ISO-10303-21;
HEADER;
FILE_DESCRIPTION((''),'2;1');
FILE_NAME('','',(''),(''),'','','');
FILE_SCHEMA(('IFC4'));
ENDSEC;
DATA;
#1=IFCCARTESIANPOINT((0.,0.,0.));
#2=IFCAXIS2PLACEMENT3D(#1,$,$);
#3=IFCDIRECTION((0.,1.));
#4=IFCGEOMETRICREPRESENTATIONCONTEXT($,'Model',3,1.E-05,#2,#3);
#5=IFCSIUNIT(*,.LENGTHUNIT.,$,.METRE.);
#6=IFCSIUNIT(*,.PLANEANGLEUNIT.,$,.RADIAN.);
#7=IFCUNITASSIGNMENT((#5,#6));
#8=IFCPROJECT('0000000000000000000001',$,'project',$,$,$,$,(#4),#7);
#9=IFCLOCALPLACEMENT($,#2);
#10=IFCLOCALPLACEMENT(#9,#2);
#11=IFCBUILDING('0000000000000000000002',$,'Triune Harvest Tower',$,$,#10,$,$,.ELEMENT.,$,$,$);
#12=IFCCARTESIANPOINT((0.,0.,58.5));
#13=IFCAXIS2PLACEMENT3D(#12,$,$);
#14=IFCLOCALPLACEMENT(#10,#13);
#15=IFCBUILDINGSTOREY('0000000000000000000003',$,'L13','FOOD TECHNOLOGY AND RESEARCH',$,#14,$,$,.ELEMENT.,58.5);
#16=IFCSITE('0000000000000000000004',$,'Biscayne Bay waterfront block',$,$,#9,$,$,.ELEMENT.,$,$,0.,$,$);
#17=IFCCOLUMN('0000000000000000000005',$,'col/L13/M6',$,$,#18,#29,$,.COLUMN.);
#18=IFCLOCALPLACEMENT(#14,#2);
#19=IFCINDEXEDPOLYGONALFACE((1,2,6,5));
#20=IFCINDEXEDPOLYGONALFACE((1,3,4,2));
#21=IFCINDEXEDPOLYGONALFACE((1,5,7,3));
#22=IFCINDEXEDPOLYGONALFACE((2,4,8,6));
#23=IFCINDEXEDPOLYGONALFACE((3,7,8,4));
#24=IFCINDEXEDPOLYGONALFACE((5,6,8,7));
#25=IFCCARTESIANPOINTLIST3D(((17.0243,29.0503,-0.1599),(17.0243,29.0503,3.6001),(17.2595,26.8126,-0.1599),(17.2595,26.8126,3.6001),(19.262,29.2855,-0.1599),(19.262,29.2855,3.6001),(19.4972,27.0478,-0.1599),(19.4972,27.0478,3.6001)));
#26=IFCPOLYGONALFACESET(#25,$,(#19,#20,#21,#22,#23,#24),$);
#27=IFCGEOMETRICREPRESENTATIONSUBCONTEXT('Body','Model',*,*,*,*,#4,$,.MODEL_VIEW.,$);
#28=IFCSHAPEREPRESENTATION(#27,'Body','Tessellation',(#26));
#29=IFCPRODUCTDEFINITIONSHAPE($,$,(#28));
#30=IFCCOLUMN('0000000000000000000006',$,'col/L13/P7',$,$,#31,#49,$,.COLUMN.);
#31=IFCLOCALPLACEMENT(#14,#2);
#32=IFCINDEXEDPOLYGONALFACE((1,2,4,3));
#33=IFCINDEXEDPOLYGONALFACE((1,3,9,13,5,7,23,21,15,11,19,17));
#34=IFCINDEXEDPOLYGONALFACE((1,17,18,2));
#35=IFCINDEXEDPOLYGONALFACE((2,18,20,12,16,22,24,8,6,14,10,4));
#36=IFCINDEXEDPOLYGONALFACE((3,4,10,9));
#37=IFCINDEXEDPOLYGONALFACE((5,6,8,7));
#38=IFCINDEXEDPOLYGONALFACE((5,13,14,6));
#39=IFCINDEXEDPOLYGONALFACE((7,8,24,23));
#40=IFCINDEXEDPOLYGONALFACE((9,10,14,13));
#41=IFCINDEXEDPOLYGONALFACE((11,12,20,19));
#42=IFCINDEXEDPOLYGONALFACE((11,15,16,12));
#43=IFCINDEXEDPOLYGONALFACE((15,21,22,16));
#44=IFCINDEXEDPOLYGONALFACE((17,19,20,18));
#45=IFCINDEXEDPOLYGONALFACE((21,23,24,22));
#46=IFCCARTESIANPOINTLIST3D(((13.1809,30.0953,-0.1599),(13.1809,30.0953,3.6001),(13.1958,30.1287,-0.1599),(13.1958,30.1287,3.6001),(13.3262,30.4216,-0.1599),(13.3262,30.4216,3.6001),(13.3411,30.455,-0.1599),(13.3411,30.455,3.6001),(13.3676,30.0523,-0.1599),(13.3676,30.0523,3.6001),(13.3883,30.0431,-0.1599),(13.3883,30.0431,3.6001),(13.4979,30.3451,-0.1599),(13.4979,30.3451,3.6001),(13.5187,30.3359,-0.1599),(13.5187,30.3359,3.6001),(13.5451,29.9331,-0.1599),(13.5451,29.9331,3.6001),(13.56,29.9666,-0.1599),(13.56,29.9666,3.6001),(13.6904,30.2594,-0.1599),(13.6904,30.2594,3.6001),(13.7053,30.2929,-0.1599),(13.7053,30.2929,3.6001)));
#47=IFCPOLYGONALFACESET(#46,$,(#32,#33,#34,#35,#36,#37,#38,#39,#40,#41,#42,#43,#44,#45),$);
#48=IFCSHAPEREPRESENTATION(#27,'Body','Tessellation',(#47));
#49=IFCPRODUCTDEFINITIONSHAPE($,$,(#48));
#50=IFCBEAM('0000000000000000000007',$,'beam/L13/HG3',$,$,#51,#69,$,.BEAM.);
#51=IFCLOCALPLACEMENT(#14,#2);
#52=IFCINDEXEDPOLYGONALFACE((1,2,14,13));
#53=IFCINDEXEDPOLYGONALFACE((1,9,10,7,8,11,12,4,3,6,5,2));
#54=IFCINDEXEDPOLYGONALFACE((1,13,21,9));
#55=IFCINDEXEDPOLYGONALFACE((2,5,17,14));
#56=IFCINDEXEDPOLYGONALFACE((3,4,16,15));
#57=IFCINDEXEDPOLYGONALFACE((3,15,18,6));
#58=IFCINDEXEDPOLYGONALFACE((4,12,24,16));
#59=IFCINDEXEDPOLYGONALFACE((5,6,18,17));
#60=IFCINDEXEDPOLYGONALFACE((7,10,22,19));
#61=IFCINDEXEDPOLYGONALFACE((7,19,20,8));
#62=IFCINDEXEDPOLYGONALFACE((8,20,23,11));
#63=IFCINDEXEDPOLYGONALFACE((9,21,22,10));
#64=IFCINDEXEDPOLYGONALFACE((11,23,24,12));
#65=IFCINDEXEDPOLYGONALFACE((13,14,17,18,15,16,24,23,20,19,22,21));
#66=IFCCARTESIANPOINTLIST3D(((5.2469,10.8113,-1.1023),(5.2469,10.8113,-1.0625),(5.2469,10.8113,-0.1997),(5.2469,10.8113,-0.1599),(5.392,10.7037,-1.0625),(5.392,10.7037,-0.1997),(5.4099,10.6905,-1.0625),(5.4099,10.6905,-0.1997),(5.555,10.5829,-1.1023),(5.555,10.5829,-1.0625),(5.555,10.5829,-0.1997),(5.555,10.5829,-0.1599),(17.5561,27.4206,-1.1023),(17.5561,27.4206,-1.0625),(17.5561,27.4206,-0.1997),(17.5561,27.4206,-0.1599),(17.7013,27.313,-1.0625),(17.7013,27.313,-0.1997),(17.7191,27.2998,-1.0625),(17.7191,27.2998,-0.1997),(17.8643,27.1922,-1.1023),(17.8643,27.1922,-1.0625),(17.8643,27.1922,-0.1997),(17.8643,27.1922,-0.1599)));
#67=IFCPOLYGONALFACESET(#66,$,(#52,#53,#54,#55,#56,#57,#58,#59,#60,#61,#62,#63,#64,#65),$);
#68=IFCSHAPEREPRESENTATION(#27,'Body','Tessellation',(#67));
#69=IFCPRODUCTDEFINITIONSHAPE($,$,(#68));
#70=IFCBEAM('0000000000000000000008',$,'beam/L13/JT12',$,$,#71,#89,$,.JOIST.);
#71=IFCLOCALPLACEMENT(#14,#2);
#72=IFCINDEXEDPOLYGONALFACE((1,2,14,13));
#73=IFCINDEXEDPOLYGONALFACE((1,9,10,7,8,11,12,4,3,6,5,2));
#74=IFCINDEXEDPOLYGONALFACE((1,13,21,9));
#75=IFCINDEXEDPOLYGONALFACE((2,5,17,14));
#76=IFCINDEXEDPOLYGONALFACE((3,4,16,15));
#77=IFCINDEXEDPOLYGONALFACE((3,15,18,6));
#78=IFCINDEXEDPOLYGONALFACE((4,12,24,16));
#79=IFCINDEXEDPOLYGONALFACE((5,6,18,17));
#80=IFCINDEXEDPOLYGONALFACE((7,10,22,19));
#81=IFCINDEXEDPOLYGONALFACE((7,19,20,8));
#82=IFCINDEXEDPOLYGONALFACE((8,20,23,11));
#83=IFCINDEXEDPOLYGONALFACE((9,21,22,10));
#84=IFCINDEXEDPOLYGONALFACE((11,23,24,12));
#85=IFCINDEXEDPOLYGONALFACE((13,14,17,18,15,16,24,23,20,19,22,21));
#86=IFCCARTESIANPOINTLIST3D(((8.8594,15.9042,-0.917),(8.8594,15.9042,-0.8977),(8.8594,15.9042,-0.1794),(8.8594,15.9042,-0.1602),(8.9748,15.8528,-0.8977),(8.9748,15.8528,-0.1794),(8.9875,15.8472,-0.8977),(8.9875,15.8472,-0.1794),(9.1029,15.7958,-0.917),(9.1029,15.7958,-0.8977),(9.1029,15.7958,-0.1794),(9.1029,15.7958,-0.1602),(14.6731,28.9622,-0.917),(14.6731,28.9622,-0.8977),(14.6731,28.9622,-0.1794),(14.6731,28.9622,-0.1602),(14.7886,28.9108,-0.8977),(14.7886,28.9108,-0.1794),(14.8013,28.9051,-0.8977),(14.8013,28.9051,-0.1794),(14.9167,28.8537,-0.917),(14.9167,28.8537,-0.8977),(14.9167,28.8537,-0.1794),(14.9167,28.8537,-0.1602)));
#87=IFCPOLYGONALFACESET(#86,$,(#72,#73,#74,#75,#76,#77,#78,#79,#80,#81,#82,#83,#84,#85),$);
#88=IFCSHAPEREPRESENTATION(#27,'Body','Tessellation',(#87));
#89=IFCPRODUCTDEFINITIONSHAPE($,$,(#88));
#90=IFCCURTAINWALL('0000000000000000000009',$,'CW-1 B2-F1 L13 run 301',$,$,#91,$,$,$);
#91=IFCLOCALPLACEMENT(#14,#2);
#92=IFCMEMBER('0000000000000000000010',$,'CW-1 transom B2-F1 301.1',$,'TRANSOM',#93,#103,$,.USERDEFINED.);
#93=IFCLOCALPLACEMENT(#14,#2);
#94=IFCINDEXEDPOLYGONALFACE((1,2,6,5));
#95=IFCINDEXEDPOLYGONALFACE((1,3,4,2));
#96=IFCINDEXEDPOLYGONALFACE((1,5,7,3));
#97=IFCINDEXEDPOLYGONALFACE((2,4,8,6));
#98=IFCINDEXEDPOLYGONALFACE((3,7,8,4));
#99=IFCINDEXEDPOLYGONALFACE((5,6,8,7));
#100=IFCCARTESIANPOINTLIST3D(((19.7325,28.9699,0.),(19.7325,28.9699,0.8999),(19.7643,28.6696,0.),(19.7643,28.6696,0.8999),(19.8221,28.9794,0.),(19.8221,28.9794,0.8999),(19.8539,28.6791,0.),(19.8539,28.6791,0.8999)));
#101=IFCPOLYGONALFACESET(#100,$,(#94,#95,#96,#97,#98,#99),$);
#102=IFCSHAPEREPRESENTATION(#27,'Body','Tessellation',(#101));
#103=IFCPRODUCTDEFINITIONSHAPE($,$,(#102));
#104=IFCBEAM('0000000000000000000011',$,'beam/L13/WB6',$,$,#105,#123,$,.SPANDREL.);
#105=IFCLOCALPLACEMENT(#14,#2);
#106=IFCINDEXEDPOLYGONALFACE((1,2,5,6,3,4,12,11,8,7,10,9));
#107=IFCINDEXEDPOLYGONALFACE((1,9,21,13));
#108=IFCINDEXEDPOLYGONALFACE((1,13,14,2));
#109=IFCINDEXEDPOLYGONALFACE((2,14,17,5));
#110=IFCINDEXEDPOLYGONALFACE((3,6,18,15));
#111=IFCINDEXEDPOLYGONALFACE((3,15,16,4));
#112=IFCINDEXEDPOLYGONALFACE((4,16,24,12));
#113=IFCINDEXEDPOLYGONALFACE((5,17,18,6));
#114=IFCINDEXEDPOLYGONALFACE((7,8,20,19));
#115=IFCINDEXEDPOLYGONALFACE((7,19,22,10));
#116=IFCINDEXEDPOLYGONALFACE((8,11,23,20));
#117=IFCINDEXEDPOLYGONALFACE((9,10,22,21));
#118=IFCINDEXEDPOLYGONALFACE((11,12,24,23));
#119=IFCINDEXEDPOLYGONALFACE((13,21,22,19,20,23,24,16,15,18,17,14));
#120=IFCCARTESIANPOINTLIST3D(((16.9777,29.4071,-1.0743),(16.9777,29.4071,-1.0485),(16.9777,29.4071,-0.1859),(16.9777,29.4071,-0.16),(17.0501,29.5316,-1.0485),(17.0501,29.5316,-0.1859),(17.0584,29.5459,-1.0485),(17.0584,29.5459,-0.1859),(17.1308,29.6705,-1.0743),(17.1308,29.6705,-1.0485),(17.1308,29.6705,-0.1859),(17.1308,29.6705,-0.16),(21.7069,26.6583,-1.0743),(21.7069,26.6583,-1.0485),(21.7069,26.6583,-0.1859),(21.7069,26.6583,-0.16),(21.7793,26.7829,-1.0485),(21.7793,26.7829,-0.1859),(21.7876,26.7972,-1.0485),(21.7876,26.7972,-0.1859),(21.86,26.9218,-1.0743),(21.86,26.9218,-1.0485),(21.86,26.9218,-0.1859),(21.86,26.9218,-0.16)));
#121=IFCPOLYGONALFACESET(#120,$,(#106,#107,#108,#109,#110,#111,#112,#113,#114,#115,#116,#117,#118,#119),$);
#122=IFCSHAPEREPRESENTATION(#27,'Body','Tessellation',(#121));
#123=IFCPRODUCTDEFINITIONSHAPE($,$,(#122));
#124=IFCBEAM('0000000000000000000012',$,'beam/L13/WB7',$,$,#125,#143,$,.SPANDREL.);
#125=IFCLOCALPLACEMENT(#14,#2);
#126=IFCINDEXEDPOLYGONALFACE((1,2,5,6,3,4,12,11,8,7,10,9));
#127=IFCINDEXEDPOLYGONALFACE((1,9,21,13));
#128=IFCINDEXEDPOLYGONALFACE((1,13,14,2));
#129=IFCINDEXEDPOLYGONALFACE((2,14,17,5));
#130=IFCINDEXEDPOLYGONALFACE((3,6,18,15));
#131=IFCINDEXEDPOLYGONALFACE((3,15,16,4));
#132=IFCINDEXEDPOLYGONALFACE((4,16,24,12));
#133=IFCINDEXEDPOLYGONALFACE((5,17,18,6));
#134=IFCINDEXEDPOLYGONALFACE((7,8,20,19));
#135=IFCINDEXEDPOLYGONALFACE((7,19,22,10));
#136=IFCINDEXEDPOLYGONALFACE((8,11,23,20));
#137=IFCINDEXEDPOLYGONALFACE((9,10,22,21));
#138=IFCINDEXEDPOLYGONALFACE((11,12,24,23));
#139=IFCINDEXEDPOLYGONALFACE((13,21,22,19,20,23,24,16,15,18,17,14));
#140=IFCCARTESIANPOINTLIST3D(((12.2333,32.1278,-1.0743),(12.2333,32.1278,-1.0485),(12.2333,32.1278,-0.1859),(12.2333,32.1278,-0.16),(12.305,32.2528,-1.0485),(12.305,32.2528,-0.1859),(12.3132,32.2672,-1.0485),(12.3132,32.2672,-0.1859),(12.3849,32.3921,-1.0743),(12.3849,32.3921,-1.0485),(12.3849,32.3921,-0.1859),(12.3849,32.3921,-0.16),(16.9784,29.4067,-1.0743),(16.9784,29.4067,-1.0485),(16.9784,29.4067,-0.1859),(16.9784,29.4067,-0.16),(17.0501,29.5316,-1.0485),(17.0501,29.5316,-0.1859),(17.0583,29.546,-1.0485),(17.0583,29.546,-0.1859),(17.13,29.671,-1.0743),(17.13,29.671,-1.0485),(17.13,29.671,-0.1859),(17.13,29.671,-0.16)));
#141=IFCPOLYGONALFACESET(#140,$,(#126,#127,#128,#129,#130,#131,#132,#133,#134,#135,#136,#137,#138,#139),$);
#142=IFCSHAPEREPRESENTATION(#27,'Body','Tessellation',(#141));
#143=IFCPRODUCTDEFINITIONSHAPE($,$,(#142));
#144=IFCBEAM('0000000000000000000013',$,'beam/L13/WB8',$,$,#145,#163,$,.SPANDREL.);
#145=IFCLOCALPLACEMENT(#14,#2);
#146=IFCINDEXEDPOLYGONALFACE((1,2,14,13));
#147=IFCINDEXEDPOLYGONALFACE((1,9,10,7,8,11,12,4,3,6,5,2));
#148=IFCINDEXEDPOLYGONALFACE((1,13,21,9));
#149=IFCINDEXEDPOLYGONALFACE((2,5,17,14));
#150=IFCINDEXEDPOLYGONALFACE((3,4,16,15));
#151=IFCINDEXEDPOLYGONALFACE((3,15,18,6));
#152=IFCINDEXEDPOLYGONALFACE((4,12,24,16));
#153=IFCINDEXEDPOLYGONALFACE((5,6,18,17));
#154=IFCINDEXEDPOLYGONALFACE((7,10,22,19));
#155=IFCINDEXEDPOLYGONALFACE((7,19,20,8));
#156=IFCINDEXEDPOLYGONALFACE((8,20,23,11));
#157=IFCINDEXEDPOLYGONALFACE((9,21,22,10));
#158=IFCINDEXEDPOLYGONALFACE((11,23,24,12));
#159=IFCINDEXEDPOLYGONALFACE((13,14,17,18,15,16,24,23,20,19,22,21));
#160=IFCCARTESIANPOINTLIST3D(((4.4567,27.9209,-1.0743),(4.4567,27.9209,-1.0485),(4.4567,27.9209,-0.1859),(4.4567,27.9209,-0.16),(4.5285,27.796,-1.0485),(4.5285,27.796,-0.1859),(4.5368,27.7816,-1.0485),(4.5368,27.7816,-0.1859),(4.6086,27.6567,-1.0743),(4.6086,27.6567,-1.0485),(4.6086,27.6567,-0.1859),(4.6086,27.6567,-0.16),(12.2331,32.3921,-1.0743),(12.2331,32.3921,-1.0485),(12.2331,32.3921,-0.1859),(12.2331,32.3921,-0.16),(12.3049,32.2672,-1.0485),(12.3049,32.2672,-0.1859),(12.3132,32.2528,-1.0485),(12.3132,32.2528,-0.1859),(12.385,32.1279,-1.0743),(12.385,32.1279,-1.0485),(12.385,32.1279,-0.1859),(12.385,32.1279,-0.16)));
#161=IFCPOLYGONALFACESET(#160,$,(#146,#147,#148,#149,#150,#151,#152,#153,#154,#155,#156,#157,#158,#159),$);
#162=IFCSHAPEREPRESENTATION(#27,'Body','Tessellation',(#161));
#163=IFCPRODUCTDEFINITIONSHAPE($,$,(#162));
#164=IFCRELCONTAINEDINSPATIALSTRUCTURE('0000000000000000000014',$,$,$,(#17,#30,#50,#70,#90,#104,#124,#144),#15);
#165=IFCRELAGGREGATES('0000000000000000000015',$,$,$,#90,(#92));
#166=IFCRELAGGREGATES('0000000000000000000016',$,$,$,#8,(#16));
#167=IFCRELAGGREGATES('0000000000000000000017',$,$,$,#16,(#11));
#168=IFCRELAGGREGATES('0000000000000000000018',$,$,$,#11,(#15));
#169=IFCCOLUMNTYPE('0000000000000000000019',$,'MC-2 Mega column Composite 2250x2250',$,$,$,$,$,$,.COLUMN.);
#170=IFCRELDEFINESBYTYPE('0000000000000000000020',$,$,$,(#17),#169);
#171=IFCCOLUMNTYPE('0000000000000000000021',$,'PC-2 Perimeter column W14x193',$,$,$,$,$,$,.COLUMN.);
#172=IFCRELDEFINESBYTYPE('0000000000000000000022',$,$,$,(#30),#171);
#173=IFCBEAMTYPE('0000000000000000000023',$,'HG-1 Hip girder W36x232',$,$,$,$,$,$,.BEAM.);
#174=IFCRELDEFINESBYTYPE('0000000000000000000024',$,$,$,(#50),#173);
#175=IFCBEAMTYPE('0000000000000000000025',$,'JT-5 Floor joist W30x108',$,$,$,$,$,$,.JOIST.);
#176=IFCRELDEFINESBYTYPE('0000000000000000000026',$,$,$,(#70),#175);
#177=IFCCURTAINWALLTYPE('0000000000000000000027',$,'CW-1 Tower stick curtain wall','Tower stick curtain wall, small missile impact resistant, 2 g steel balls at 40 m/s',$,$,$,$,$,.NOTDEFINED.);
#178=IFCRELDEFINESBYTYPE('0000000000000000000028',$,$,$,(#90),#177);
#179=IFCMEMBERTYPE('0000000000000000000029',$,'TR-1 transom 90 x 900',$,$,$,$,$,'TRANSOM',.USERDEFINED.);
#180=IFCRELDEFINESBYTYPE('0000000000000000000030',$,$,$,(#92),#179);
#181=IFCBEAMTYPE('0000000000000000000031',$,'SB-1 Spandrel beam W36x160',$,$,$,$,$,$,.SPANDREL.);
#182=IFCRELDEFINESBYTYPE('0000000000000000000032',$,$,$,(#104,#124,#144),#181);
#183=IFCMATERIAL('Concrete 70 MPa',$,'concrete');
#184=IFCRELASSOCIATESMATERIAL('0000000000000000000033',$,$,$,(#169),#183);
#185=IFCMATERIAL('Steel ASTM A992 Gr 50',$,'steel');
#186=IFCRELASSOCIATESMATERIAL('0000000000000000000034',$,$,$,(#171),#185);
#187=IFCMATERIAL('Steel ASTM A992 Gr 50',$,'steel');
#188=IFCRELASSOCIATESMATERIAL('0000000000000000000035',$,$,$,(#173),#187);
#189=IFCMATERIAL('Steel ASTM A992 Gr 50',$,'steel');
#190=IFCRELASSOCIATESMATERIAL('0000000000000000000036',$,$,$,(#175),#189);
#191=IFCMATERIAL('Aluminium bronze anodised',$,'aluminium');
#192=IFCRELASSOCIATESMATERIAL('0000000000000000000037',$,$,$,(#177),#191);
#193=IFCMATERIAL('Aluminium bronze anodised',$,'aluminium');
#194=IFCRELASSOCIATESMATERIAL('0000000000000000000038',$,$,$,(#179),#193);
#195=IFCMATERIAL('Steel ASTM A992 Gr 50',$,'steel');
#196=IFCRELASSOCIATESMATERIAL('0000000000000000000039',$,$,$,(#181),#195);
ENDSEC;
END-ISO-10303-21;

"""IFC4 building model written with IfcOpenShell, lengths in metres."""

from ifc_helpers import new_model, si_unit, direction, frame, origin, origin_2d, place, context, subcontext, project, spatial, rectangle, i_section, extrude, source, transform, mapped, material, material_profile, profile_set, type_object, element, aggregate, save


model = new_model("IFC4")

# Units and contexts
model_context = context("Model", 3, precision=1e-05, world=origin(), true_north=direction((0.0, 1.0)))
body_context = subcontext(model_context, "Body", "Model", "MODEL_VIEW")
ifc_project = project(units=[si_unit("LENGTHUNIT", "METRE"), si_unit("PLANEANGLEUNIT", "RADIAN")], contexts=[model_context])

# Site, building, storey
site_placement = place(None, origin())
site = spatial("IfcSite", under=ifc_project, at=site_placement, Name="Biscayne Bay waterfront block", CompositionType="ELEMENT", RefElevation=0.0)
building_placement = place(site_placement, origin())
building = spatial("IfcBuilding", under=site, at=building_placement, Name="Triune Harvest Tower", CompositionType="ELEMENT")
storey_placement = place(building_placement, frame((0.0, 0.0, 58.5)))
storey = spatial("IfcBuildingStorey", under=building, at=storey_placement, Name="L13", Description="FOOD TECHNOLOGY AND RESEARCH", CompositionType="ELEMENT", Elevation=58.5)

# Columns
ifc_material_1 = material(Name="Concrete 70 MPa", Category="concrete")
ifc_material_profile_1 = material_profile(ifc_material_1, rectangle(XDim=2.25, YDim=2.25, at=origin_2d()), Name="Composite 2250x2250")
ifc_profile_set_1 = profile_set([ifc_material_profile_1], Name="Concrete 70 MPa")
column_type_1 = type_object("IfcColumnType", Name="MC-2 Mega column Composite 2250x2250", PredefinedType="COLUMN", material=ifc_profile_set_1)
shared_shape_1 = source(origin(), body_context, "Body", "SweptSolid", [
    extrude(rectangle(XDim=2.25, YDim=2.25, at=origin_2d()), origin(), (0.0, 0.0, 1.0), 3.76),
])
column_1_placement = place(storey_placement, frame((18.2607, 28.0491, -0.1599), z_axis=(0.0, 0.0, 1.0), x_axis=(-0.104527, 0.994522, 0.0)))
element("IfcColumn", 1, at=column_1_placement, inside=storey, type_object=column_type_1, Name="col/L13/M6", PredefinedType="COLUMN", context=body_context, shape_type="MappedRepresentation", body=[
    mapped(shared_shape_1, transform((0.0, 0.0, 0.0), scale=1.0)),
])
ifc_material_2 = material(Name="Steel ASTM A992 Gr 50", Category="steel")
ifc_material_profile_2 = material_profile(ifc_material_2, i_section(OverallWidth=0.3987, OverallDepth=0.3938, WebThickness=0.0227, FlangeThickness=0.0366, at=origin_2d()), Name="W14x193")
ifc_profile_set_2 = profile_set([ifc_material_profile_2], Name="Steel ASTM A992 Gr 50")
column_type_2 = type_object("IfcColumnType", Name="PC-2 Perimeter column W14x193", PredefinedType="COLUMN", material=ifc_profile_set_2)
shared_shape_2 = source(origin(), body_context, "Body", "SweptSolid", [
    extrude(i_section(OverallWidth=0.3987, OverallDepth=0.3938, WebThickness=0.0227, FlangeThickness=0.0366, at=origin_2d()), origin(), (0.0, 0.0, 1.0), 3.76),
])
column_2_placement = place(storey_placement, frame((13.4431, 30.1941, -0.1599), z_axis=(0.0, 0.0, 1.0), x_axis=(-0.913547, 0.406733, 0.0)))
element("IfcColumn", 2, at=column_2_placement, inside=storey, type_object=column_type_2, Name="col/L13/P7", PredefinedType="COLUMN", context=body_context, shape_type="MappedRepresentation", body=[
    mapped(shared_shape_2, transform((0.0, 0.0, 0.0), scale=1.0)),
])

# Beams
ifc_material_3 = material(Name="Steel ASTM A992 Gr 50", Category="steel")
ifc_material_profile_3 = material_profile(ifc_material_3, i_section(OverallWidth=0.3835, OverallDepth=0.9424, WebThickness=0.0222, FlangeThickness=0.0398, at=origin_2d()), Name="W36x232")
ifc_profile_set_3 = profile_set([ifc_material_profile_3], Name="Steel ASTM A992 Gr 50")
beam_type_1 = type_object("IfcBeamType", Name="HG-1 Hip girder W36x232", PredefinedType="BEAM", material=ifc_profile_set_3)
beam_1_placement = place(storey_placement, frame((17.7102, 27.3064, -0.6311), z_axis=(-0.595418, -0.803416, 0.0), x_axis=(0.803416, -0.595418, 0.0)))
element("IfcBeam", 3, at=beam_1_placement, inside=storey, type_object=beam_type_1, Name="beam/L13/HG3", PredefinedType="BEAM", context=body_context, shape_type="SweptSolid", body=[
    extrude(i_section(OverallWidth=0.3835, OverallDepth=0.9424, WebThickness=0.0222, FlangeThickness=0.0398, at=origin_2d()), origin(), (0.0, 0.0, 1.0), 20.6733),
])
ifc_material_4 = material(Name="Steel ASTM A992 Gr 50", Category="steel")
ifc_material_profile_4 = material_profile(ifc_material_4, i_section(OverallWidth=0.2666, OverallDepth=0.7568, WebThickness=0.0139, FlangeThickness=0.0193, at=origin_2d()), Name="W30x108")
ifc_profile_set_4 = profile_set([ifc_material_profile_4], Name="Steel ASTM A992 Gr 50")
beam_type_2 = type_object("IfcBeamType", Name="JT-5 Floor joist W30x108", PredefinedType="JOIST", material=ifc_profile_set_4)
beam_2_placement = place(storey_placement, frame((14.7949, 28.908, -0.5386), z_axis=(-0.406736, -0.913546, 0.0), x_axis=(0.913546, -0.406736, 0.0)))
element("IfcBeam", 4, at=beam_2_placement, inside=storey, type_object=beam_type_2, Name="beam/L13/JT12", PredefinedType="JOIST", context=body_context, shape_type="SweptSolid", body=[
    extrude(i_section(OverallWidth=0.2666, OverallDepth=0.7568, WebThickness=0.0139, FlangeThickness=0.0193, at=origin_2d()), origin(), (0.0, 0.0, 1.0), 14.2937),
])

# Curtain wall, member
ifc_material_5 = material(Name="Aluminium bronze anodised", Category="aluminium")
curtain_wall_type = type_object("IfcCurtainWallType", Name="CW-1 Tower stick curtain wall", Description="Tower stick curtain wall, small missile impact resistant, 2 g steel balls at 40 m/s", PredefinedType="NOTDEFINED", material=ifc_material_5)
curtain_wall_1_placement = place(storey_placement, origin())
curtain_wall_1 = element("IfcCurtainWall", 5, at=curtain_wall_1_placement, inside=storey, type_object=curtain_wall_type, Name="CW-1 B2-F1 L13 run 301")
ifc_material_6 = material(Name="Aluminium bronze anodised", Category="aluminium")
ifc_material_profile_5 = material_profile(ifc_material_6, rectangle(XDim=0.0901, YDim=0.8999, at=origin_2d()), Name="TR-1 transom 90 x 900")
ifc_profile_set_5 = profile_set([ifc_material_profile_5], Name="Aluminium bronze anodised")
member_type_1 = type_object("IfcMemberType", Name="TR-1 transom 90 x 900", ElementType="TRANSOM", PredefinedType="USERDEFINED", material=ifc_profile_set_5)
member_1_placement = place(storey_placement, frame((19.8091, 28.6743, 0.45), z_axis=(-0.105106, 0.994461, 0.0), x_axis=(-0.994461, -0.105106, 0.0)))
member_1 = element("IfcMember", 6, at=member_1_placement, type_object=member_type_1, Name="CW-1 transom B2-F1 301.1", ObjectType="TRANSOM", PredefinedType="USERDEFINED", context=body_context, shape_type="SweptSolid", body=[
    extrude(rectangle(XDim=0.0901, YDim=0.8999, at=origin_2d()), origin(), (0.0, 0.0, 1.0), 0.302),
])

# Beams
ifc_material_7 = material(Name="Steel ASTM A992 Gr 50", Category="steel")
ifc_material_profile_6 = material_profile(ifc_material_7, i_section(OverallWidth=0.3047, OverallDepth=0.9143, WebThickness=0.0166, FlangeThickness=0.0259, at=origin_2d()), Name="W36x160")
ifc_profile_set_6 = profile_set([ifc_material_profile_6], Name="Steel ASTM A992 Gr 50")
beam_type_3 = type_object("IfcBeamType", Name="SB-1 Spandrel beam W36x160", PredefinedType="SPANDREL", material=ifc_profile_set_6)
shared_shape_3 = source(origin(), body_context, "Body", "SweptSolid", [
    extrude(i_section(OverallWidth=0.3047, OverallDepth=0.9143, WebThickness=0.0166, FlangeThickness=0.0259, at=origin_2d()), origin(), (0.0, 0.0, 1.0), 5.47),
])
for number, where, z_axis, x_axis, name in (
    (7, (21.7834, 26.79, -0.6172), (-0.864569, 0.502513, 0.0), (-0.502513, -0.864569, 0.0), "beam/L13/WB6"),
    (8, (17.0542, 29.5388, -0.6172), (-0.867479, 0.497475, 0.0), (-0.497475, -0.867479, 0.0), "beam/L13/WB7"),
):
    element("IfcBeam", number, at=place(storey_placement, frame(where, z_axis=z_axis, x_axis=x_axis)), inside=storey, type_object=beam_type_3, Name=name, PredefinedType="SPANDREL", context=body_context, shape_type="MappedRepresentation", body=[
        mapped(shared_shape_3, transform((0.0, 0.0, 0.0), scale=1.0)),
    ])
shared_shape_4 = source(origin(), body_context, "Body", "SweptSolid", [
    extrude(i_section(OverallWidth=0.3047, OverallDepth=0.9143, WebThickness=0.0166, FlangeThickness=0.0259, at=origin_2d()), origin(), (0.0, 0.0, 1.0), 8.9702),
])
beam_3_placement = place(storey_placement, frame((12.3091, 32.26, -0.6172), z_axis=(-0.866917, -0.498453, 0.0), x_axis=(0.498453, -0.866917, 0.0)))
element("IfcBeam", 9, at=beam_3_placement, inside=storey, type_object=beam_type_3, Name="beam/L13/WB8", PredefinedType="SPANDREL", context=body_context, shape_type="MappedRepresentation", body=[
    mapped(shared_shape_4, transform((0.0, 0.0, 0.0), scale=1.0)),
])

aggregate(curtain_wall_1, [member_1])

save(model, "model.ifc")
